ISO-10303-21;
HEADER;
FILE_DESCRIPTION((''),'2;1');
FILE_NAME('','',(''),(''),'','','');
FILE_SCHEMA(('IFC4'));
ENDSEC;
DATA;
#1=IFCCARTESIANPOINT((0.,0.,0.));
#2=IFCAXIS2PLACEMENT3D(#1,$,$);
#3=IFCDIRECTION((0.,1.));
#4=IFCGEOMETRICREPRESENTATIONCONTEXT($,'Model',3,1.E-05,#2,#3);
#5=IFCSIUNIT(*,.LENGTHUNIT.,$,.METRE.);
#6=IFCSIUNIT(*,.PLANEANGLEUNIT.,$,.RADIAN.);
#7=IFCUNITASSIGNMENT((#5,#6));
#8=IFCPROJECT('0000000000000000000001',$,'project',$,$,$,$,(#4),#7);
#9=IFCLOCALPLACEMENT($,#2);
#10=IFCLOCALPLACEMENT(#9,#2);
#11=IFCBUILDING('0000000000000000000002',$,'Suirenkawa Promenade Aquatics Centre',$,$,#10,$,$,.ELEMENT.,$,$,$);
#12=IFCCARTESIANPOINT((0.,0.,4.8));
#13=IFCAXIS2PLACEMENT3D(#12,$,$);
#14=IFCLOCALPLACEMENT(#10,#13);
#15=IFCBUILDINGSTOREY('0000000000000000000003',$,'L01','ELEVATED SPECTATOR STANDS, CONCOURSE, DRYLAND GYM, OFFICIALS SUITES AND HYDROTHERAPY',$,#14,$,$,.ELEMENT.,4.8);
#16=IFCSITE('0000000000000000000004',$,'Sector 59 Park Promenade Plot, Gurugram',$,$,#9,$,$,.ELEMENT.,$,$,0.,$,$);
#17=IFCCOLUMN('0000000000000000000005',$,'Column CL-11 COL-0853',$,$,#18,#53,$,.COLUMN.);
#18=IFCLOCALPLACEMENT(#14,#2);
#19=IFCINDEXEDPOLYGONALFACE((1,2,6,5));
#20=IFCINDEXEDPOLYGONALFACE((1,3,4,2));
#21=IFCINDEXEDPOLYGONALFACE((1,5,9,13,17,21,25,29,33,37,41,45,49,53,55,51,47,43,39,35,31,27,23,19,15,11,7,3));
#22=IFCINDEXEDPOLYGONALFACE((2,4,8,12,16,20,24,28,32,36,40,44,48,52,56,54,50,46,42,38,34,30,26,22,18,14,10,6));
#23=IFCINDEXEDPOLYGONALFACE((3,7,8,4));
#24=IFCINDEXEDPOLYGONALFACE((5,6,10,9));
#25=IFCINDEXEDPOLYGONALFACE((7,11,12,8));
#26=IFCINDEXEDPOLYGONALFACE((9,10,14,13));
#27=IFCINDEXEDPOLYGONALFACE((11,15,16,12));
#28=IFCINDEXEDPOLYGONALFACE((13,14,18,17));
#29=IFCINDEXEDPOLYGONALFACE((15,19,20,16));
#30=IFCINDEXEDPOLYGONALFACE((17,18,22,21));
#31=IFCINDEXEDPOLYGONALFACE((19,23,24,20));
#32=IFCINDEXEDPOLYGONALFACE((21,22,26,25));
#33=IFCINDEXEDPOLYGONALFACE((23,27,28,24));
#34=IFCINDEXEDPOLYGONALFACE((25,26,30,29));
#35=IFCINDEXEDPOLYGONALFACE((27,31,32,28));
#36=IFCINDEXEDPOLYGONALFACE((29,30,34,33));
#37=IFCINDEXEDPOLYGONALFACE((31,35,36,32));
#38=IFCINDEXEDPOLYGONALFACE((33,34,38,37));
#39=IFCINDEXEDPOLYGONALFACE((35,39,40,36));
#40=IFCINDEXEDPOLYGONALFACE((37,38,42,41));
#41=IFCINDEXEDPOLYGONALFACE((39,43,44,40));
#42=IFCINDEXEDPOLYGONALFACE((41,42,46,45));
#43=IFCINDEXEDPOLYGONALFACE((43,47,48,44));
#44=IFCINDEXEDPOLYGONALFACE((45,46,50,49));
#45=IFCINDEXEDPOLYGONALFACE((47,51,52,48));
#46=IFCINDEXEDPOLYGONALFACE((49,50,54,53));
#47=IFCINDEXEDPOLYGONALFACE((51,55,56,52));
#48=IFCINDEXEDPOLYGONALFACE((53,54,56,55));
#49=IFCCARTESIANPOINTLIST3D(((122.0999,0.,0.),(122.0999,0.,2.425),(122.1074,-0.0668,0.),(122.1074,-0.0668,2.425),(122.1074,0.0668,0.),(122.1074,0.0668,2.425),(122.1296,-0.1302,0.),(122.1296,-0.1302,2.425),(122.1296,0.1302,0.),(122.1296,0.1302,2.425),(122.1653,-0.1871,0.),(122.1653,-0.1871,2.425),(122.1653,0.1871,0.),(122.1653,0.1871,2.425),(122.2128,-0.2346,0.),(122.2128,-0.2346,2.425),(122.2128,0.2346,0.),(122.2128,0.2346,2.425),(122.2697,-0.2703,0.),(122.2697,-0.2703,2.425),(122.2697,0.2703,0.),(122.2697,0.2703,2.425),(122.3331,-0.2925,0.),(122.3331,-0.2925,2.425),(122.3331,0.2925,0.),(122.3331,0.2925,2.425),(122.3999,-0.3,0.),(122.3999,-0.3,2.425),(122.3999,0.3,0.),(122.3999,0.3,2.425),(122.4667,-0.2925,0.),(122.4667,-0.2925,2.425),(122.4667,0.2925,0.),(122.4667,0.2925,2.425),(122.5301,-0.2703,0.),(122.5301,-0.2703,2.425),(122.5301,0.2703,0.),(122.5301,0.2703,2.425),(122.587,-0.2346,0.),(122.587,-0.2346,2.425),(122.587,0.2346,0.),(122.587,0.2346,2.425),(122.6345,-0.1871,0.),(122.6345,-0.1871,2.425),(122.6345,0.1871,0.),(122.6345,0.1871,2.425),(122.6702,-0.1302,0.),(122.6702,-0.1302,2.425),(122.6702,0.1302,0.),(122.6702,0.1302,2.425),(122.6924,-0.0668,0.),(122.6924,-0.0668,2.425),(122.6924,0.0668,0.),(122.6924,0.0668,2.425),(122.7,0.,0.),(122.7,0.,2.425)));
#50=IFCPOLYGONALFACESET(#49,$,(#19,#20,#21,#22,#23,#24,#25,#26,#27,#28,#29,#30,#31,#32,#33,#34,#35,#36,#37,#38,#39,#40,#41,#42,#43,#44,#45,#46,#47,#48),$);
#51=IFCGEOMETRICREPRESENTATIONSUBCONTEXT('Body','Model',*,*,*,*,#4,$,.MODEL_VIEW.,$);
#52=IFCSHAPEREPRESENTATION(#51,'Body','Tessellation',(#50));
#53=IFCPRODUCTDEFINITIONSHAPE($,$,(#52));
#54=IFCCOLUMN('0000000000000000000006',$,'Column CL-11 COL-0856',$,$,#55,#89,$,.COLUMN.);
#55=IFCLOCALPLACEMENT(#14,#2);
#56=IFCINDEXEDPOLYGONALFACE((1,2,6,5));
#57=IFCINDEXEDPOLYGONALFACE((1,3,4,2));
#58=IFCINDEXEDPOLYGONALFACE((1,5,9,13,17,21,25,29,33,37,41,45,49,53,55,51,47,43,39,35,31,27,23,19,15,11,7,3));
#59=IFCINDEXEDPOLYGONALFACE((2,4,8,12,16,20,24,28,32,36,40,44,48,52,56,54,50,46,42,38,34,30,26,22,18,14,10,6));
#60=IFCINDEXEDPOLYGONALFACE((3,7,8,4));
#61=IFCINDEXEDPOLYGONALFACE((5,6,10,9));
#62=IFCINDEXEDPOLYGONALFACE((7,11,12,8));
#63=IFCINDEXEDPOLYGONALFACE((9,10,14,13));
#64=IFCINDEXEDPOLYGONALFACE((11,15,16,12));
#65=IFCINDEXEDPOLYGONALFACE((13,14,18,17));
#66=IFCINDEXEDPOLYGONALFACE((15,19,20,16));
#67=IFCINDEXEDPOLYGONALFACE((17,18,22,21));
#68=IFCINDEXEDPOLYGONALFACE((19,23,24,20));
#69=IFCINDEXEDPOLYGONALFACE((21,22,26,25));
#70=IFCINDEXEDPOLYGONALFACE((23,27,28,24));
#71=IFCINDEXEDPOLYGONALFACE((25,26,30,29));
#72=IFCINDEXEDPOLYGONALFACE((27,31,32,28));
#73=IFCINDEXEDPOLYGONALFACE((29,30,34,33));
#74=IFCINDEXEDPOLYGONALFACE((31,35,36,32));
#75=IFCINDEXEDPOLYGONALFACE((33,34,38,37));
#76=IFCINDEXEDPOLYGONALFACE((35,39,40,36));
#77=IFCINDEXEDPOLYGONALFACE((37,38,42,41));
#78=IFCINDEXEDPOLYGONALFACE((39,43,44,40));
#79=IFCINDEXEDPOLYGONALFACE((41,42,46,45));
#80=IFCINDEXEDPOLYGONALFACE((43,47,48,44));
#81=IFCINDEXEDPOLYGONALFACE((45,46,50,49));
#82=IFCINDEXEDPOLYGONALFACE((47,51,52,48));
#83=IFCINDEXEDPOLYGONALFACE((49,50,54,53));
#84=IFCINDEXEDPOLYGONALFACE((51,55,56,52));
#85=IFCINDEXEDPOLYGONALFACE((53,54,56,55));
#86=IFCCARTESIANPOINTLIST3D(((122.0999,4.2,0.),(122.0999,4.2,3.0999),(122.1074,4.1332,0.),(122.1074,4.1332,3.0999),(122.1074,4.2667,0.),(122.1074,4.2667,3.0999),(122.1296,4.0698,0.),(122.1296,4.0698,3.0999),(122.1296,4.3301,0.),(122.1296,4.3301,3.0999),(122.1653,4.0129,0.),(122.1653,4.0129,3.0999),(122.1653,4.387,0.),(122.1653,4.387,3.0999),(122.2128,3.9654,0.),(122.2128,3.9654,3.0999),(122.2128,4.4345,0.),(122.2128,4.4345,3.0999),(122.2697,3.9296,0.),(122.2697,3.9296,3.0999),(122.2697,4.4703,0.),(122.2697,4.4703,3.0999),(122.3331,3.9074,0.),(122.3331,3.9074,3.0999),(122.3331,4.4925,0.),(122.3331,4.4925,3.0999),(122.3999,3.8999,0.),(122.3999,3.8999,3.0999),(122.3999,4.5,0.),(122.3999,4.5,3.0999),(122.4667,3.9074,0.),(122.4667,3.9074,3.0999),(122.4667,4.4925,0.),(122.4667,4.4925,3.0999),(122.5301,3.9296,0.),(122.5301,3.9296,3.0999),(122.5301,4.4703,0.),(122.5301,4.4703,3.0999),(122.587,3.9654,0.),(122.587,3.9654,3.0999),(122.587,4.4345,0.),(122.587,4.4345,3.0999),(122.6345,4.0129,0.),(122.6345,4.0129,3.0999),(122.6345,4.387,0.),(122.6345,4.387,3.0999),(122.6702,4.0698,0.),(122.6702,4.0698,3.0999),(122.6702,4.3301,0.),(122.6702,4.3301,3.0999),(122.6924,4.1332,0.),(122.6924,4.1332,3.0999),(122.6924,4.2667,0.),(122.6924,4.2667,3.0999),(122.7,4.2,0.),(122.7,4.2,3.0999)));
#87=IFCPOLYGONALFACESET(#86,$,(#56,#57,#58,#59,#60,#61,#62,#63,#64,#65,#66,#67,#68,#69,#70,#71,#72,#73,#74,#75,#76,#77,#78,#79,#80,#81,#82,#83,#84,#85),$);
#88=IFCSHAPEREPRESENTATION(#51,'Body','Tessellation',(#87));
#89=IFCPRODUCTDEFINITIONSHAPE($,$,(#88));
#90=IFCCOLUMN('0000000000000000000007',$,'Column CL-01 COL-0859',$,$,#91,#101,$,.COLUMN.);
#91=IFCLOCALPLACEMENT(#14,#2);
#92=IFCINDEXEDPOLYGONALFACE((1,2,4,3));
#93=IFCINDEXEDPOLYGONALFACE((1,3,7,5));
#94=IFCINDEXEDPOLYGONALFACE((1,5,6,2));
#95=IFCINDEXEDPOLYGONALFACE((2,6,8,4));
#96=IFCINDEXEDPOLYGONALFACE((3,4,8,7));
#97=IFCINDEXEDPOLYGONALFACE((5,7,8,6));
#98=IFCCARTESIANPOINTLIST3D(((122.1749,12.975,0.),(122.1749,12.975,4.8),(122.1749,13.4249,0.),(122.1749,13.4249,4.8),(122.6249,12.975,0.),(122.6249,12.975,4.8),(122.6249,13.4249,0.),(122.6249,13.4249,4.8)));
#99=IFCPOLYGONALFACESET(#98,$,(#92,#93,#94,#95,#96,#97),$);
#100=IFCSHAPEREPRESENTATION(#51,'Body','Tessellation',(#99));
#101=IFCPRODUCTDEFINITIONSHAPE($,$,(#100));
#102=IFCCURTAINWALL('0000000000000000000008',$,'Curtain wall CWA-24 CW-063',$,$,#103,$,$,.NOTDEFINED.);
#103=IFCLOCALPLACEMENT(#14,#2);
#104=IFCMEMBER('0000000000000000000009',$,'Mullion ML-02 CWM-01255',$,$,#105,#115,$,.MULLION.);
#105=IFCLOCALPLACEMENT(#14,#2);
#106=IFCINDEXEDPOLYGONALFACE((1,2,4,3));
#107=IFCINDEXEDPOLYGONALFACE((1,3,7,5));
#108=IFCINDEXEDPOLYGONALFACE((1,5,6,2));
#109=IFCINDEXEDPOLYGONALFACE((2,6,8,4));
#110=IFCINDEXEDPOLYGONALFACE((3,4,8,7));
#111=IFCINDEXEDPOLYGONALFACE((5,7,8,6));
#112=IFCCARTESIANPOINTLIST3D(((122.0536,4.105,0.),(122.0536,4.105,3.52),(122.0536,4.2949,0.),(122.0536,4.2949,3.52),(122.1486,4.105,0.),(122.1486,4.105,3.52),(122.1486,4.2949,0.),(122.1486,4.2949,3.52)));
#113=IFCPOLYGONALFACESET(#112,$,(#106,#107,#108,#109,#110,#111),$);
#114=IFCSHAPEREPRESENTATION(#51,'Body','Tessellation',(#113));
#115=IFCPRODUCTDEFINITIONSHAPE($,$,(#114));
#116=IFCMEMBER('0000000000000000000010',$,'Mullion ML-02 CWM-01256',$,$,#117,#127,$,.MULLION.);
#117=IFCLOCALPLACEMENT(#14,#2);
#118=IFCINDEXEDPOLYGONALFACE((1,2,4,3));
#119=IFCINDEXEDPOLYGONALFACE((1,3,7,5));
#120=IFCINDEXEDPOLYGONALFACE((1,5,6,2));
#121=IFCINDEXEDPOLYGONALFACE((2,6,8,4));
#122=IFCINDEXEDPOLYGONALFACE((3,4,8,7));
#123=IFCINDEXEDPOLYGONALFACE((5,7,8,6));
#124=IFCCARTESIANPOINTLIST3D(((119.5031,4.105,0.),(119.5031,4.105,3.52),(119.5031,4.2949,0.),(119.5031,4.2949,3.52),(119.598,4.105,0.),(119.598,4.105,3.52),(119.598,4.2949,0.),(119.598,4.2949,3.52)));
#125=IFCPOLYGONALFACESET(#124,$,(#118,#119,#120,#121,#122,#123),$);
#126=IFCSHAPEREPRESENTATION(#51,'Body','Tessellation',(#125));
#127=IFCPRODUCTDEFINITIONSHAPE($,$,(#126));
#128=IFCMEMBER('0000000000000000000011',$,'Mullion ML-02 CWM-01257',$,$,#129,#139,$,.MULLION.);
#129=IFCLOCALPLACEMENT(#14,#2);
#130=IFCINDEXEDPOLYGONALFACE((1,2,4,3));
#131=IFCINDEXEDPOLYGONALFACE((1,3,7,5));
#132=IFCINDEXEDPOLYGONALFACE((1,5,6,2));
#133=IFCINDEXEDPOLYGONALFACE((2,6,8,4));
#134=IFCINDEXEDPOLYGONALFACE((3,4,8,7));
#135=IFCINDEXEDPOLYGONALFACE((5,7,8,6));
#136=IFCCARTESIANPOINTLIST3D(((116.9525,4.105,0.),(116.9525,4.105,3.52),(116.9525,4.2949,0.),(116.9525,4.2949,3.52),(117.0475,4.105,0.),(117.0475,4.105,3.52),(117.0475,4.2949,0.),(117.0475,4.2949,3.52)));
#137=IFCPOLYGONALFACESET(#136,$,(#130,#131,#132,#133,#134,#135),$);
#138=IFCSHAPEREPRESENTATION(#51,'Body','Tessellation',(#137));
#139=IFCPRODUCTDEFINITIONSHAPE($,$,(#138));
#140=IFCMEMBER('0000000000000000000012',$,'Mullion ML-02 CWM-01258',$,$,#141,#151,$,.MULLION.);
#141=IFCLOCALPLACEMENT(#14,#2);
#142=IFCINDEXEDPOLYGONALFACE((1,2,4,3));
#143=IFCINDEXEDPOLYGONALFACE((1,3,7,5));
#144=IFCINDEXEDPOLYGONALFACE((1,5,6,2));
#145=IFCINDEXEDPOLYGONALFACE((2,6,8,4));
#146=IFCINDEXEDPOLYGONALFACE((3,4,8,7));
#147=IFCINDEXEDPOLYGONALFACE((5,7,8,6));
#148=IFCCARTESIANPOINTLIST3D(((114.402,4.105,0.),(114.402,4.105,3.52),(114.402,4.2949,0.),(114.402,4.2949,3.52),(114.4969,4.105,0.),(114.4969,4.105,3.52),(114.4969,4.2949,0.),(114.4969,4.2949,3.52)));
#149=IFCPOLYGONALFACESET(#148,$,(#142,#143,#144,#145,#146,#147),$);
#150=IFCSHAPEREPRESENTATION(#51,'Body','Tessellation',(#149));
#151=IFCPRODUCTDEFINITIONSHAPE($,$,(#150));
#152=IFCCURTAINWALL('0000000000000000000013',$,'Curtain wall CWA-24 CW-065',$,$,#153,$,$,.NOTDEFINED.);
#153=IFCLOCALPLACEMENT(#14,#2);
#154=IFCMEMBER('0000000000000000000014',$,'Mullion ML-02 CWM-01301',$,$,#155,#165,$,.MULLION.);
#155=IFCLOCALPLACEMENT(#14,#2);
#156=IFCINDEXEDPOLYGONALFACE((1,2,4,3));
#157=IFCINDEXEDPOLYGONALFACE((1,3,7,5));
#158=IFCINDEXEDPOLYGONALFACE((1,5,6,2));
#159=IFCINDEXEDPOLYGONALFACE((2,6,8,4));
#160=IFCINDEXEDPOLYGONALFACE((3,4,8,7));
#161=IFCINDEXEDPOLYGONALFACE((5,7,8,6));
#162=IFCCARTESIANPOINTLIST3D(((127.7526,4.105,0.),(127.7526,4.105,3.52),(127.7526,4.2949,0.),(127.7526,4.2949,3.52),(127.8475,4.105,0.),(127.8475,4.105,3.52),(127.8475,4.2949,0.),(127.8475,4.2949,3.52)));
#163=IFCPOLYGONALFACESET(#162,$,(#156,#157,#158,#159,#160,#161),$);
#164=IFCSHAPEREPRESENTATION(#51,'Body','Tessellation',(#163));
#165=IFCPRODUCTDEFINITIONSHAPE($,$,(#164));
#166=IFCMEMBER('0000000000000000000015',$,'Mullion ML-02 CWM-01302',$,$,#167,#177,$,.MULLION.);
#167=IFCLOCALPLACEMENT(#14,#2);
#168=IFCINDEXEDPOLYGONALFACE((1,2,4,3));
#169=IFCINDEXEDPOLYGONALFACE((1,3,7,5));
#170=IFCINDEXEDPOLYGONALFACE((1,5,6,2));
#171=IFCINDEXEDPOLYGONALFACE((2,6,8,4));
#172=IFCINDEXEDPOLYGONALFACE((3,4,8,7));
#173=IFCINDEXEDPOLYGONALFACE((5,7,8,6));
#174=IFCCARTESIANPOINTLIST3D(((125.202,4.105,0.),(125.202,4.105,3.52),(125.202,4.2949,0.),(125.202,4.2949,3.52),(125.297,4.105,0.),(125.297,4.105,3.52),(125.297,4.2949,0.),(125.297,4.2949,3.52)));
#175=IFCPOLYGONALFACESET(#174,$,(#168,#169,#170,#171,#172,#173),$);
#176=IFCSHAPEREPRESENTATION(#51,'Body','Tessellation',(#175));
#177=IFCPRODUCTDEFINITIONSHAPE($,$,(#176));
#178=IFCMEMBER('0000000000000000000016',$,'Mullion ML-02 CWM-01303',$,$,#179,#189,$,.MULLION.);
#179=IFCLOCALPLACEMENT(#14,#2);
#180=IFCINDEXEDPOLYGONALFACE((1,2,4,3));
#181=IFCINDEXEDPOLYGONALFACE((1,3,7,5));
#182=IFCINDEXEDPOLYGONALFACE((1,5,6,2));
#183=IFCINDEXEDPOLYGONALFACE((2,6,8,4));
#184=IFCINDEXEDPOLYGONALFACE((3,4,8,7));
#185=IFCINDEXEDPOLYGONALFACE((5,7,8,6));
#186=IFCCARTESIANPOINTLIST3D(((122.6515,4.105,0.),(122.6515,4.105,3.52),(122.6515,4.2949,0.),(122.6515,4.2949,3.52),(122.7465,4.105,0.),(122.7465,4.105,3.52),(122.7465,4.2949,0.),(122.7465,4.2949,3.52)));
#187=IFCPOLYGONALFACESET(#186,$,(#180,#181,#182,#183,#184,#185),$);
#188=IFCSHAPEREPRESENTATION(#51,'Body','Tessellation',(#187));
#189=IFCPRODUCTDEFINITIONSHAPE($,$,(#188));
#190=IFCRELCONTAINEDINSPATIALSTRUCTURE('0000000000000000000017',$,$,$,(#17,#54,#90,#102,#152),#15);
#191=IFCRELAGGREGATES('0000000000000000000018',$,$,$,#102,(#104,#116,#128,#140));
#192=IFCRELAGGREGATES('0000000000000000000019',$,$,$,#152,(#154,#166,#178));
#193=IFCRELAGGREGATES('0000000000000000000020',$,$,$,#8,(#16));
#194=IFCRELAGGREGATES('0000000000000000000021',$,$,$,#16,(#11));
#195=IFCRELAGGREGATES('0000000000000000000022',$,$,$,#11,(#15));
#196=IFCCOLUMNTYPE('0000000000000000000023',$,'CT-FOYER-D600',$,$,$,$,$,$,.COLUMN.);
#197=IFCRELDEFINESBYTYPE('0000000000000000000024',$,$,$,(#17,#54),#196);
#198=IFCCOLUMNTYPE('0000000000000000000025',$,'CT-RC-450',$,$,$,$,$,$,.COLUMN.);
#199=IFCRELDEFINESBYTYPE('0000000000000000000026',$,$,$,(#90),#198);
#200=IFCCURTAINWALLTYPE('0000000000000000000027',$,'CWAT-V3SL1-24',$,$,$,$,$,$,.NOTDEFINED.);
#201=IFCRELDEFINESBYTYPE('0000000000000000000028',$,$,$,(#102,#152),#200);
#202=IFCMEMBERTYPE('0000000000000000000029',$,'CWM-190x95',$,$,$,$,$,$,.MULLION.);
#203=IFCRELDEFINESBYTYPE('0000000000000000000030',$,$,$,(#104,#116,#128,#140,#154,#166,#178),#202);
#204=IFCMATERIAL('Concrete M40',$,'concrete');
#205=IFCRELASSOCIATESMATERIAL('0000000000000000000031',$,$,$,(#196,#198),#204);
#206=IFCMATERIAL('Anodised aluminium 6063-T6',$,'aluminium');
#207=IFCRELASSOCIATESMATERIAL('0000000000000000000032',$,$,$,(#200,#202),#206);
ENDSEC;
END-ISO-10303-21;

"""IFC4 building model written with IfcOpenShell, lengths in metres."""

from ifc_helpers import new_model, si_unit, direction, frame, origin, origin_2d, place, context, subcontext, project, spatial, rectangle, circle, extrude, material, material_profile, profile_set, type_object, element, aggregate, save


model = new_model("IFC4")

# Units and contexts
model_context = context("Model", 3, precision=1e-05, world=origin(), true_north=direction((0.0, 1.0)))
body_context = subcontext(model_context, "Body", "Model", "MODEL_VIEW")
ifc_project = project(units=[si_unit("LENGTHUNIT", "METRE"), si_unit("PLANEANGLEUNIT", "RADIAN")], contexts=[model_context])

# Site, building, storey
site_placement = place(None, origin())
site = spatial("IfcSite", under=ifc_project, at=site_placement, Name="Sector 59 Park Promenade Plot, Gurugram", CompositionType="ELEMENT", RefElevation=0.0)
building_placement = place(site_placement, origin())
building = spatial("IfcBuilding", under=site, at=building_placement, Name="Suirenkawa Promenade Aquatics Centre", CompositionType="ELEMENT")
storey_placement = place(building_placement, frame((0.0, 0.0, 4.8)))
storey = spatial("IfcBuildingStorey", under=building, at=storey_placement, Name="L01", Description="ELEVATED SPECTATOR STANDS, CONCOURSE, DRYLAND GYM, OFFICIALS SUITES AND HYDROTHERAPY", CompositionType="ELEMENT", Elevation=4.8)

# Columns
ifc_material_1 = material(Name="Concrete M40", Category="concrete")
ifc_material_profile_1 = material_profile(ifc_material_1, circle(Radius=0.3, at=origin_2d()), Name="RC FOYER D600", Category="concrete")
ifc_profile_set_1 = profile_set([ifc_material_profile_1], Name="Concrete M40")
column_type_1 = type_object("IfcColumnType", Name="CT-FOYER-D600", PredefinedType="COLUMN", material=ifc_profile_set_1)
column_1_placement = place(storey_placement, frame((122.3999, 0.0, 0.0), z_axis=(0.0, 0.0, 1.0), x_axis=(1.0, 0.0, 0.0)))
element("IfcColumn", 1, at=column_1_placement, inside=storey, type_object=column_type_1, Name="Column CL-11 COL-0853", PredefinedType="COLUMN", context=body_context, shape_type="SweptSolid", body=[
    extrude(circle(Radius=0.3, at=origin_2d()), origin(), (0.0, 0.0, 1.0), 2.425),
])
column_2_placement = place(storey_placement, frame((122.3999, 4.2, 0.0), z_axis=(0.0, 0.0, 1.0), x_axis=(1.0, 0.0, 0.0)))
element("IfcColumn", 2, at=column_2_placement, inside=storey, type_object=column_type_1, Name="Column CL-11 COL-0856", PredefinedType="COLUMN", context=body_context, shape_type="SweptSolid", body=[
    extrude(circle(Radius=0.3, at=origin_2d()), origin(), (0.0, 0.0, 1.0), 3.0999),
])
ifc_material_profile_2 = material_profile(ifc_material_1, rectangle(XDim=0.45, YDim=0.45, at=origin_2d()), Name="RC COL 450x450", Category="concrete")
ifc_profile_set_2 = profile_set([ifc_material_profile_2], Name="Concrete M40")
column_type_2 = type_object("IfcColumnType", Name="CT-RC-450", PredefinedType="COLUMN", material=ifc_profile_set_2)
column_3_placement = place(storey_placement, frame((122.3999, 13.2, 0.0), z_axis=(0.0, 0.0, 1.0), x_axis=(1.0, 0.0, 0.0)))
element("IfcColumn", 3, at=column_3_placement, inside=storey, type_object=column_type_2, Name="Column CL-01 COL-0859", PredefinedType="COLUMN", context=body_context, shape_type="SweptSolid", body=[
    extrude(rectangle(XDim=0.45, YDim=0.45, at=origin_2d()), origin(), (0.0, 0.0, 1.0), 4.8),
])

# Curtain walls, members
ifc_material_2 = material(Name="Anodised aluminium 6063-T6", Category="aluminium")
curtain_wall_type = type_object("IfcCurtainWallType", Name="CWAT-V3SL1-24", PredefinedType="NOTDEFINED", material=ifc_material_2)
curtain_wall_1_placement = place(storey_placement, origin())
curtain_wall_1 = element("IfcCurtainWall", 4, at=curtain_wall_1_placement, inside=storey, type_object=curtain_wall_type, Name="Curtain wall CWA-24 CW-063", PredefinedType="NOTDEFINED")
ifc_material_profile_3 = material_profile(ifc_material_2, rectangle(XDim=0.095, YDim=0.1899, at=origin_2d()), Name="ALU MULL 95x190", Category="aluminium")
ifc_profile_set_3 = profile_set([ifc_material_profile_3], Name="Anodised aluminium 6063-T6")
member_type_1 = type_object("IfcMemberType", Name="CWM-190x95", PredefinedType="MULLION", material=ifc_profile_set_3)
member_1_placement = place(storey_placement, frame((122.1011, 4.2, 0.0), z_axis=(0.0, 0.0, 1.0), x_axis=(-1.0, 0.0, 0.0)))
member_1 = element("IfcMember", 5, at=member_1_placement, type_object=member_type_1, Name="Mullion ML-02 CWM-01255", PredefinedType="MULLION", context=body_context, shape_type="SweptSolid", body=[
    extrude(rectangle(XDim=0.095, YDim=0.1899, at=origin_2d()), origin(), (0.0, 0.0, 1.0), 3.52),
])
member_2_placement = place(storey_placement, frame((119.5505, 4.2, 0.0), z_axis=(0.0, 0.0, 1.0), x_axis=(-1.0, 0.0, 0.0)))
member_2 = element("IfcMember", 6, at=member_2_placement, type_object=member_type_1, Name="Mullion ML-02 CWM-01256", PredefinedType="MULLION", context=body_context, shape_type="SweptSolid", body=[
    extrude(rectangle(XDim=0.095, YDim=0.1899, at=origin_2d()), origin(), (0.0, 0.0, 1.0), 3.52),
])
member_3_placement = place(storey_placement, frame((117.0, 4.2, 0.0), z_axis=(0.0, 0.0, 1.0), x_axis=(-1.0, 0.0, 0.0)))
member_3 = element("IfcMember", 7, at=member_3_placement, type_object=member_type_1, Name="Mullion ML-02 CWM-01257", PredefinedType="MULLION", context=body_context, shape_type="SweptSolid", body=[
    extrude(rectangle(XDim=0.095, YDim=0.1899, at=origin_2d()), origin(), (0.0, 0.0, 1.0), 3.52),
])
member_4_placement = place(storey_placement, frame((114.4495, 4.2, 0.0), z_axis=(0.0, 0.0, 1.0), x_axis=(-1.0, 0.0, 0.0)))
member_4 = element("IfcMember", 8, at=member_4_placement, type_object=member_type_1, Name="Mullion ML-02 CWM-01258", PredefinedType="MULLION", context=body_context, shape_type="SweptSolid", body=[
    extrude(rectangle(XDim=0.095, YDim=0.1899, at=origin_2d()), origin(), (0.0, 0.0, 1.0), 3.52),
])
curtain_wall_2_placement = place(storey_placement, origin())
curtain_wall_2 = element("IfcCurtainWall", 9, at=curtain_wall_2_placement, inside=storey, type_object=curtain_wall_type, Name="Curtain wall CWA-24 CW-065", PredefinedType="NOTDEFINED")
member_5_placement = place(storey_placement, frame((127.8, 4.2, 0.0), z_axis=(0.0, 0.0, 1.0), x_axis=(-1.0, 0.0, 0.0)))
member_5 = element("IfcMember", 10, at=member_5_placement, type_object=member_type_1, Name="Mullion ML-02 CWM-01301", PredefinedType="MULLION", context=body_context, shape_type="SweptSolid", body=[
    extrude(rectangle(XDim=0.095, YDim=0.1899, at=origin_2d()), origin(), (0.0, 0.0, 1.0), 3.52),
])
member_6_placement = place(storey_placement, frame((125.2495, 4.2, 0.0), z_axis=(0.0, 0.0, 1.0), x_axis=(-1.0, 0.0, 0.0)))
member_6 = element("IfcMember", 11, at=member_6_placement, type_object=member_type_1, Name="Mullion ML-02 CWM-01302", PredefinedType="MULLION", context=body_context, shape_type="SweptSolid", body=[
    extrude(rectangle(XDim=0.095, YDim=0.1899, at=origin_2d()), origin(), (0.0, 0.0, 1.0), 3.52),
])
member_7_placement = place(storey_placement, frame((122.699, 4.2, 0.0), z_axis=(0.0, 0.0, 1.0), x_axis=(-1.0, 0.0, 0.0)))
member_7 = element("IfcMember", 12, at=member_7_placement, type_object=member_type_1, Name="Mullion ML-02 CWM-01303", PredefinedType="MULLION", context=body_context, shape_type="SweptSolid", body=[
    extrude(rectangle(XDim=0.095, YDim=0.1899, at=origin_2d()), origin(), (0.0, 0.0, 1.0), 3.52),
])

aggregate(curtain_wall_1, [member_1, member_2, member_3, member_4])
aggregate(curtain_wall_2, [member_5, member_6, member_7])

save(model, "model.ifc")
